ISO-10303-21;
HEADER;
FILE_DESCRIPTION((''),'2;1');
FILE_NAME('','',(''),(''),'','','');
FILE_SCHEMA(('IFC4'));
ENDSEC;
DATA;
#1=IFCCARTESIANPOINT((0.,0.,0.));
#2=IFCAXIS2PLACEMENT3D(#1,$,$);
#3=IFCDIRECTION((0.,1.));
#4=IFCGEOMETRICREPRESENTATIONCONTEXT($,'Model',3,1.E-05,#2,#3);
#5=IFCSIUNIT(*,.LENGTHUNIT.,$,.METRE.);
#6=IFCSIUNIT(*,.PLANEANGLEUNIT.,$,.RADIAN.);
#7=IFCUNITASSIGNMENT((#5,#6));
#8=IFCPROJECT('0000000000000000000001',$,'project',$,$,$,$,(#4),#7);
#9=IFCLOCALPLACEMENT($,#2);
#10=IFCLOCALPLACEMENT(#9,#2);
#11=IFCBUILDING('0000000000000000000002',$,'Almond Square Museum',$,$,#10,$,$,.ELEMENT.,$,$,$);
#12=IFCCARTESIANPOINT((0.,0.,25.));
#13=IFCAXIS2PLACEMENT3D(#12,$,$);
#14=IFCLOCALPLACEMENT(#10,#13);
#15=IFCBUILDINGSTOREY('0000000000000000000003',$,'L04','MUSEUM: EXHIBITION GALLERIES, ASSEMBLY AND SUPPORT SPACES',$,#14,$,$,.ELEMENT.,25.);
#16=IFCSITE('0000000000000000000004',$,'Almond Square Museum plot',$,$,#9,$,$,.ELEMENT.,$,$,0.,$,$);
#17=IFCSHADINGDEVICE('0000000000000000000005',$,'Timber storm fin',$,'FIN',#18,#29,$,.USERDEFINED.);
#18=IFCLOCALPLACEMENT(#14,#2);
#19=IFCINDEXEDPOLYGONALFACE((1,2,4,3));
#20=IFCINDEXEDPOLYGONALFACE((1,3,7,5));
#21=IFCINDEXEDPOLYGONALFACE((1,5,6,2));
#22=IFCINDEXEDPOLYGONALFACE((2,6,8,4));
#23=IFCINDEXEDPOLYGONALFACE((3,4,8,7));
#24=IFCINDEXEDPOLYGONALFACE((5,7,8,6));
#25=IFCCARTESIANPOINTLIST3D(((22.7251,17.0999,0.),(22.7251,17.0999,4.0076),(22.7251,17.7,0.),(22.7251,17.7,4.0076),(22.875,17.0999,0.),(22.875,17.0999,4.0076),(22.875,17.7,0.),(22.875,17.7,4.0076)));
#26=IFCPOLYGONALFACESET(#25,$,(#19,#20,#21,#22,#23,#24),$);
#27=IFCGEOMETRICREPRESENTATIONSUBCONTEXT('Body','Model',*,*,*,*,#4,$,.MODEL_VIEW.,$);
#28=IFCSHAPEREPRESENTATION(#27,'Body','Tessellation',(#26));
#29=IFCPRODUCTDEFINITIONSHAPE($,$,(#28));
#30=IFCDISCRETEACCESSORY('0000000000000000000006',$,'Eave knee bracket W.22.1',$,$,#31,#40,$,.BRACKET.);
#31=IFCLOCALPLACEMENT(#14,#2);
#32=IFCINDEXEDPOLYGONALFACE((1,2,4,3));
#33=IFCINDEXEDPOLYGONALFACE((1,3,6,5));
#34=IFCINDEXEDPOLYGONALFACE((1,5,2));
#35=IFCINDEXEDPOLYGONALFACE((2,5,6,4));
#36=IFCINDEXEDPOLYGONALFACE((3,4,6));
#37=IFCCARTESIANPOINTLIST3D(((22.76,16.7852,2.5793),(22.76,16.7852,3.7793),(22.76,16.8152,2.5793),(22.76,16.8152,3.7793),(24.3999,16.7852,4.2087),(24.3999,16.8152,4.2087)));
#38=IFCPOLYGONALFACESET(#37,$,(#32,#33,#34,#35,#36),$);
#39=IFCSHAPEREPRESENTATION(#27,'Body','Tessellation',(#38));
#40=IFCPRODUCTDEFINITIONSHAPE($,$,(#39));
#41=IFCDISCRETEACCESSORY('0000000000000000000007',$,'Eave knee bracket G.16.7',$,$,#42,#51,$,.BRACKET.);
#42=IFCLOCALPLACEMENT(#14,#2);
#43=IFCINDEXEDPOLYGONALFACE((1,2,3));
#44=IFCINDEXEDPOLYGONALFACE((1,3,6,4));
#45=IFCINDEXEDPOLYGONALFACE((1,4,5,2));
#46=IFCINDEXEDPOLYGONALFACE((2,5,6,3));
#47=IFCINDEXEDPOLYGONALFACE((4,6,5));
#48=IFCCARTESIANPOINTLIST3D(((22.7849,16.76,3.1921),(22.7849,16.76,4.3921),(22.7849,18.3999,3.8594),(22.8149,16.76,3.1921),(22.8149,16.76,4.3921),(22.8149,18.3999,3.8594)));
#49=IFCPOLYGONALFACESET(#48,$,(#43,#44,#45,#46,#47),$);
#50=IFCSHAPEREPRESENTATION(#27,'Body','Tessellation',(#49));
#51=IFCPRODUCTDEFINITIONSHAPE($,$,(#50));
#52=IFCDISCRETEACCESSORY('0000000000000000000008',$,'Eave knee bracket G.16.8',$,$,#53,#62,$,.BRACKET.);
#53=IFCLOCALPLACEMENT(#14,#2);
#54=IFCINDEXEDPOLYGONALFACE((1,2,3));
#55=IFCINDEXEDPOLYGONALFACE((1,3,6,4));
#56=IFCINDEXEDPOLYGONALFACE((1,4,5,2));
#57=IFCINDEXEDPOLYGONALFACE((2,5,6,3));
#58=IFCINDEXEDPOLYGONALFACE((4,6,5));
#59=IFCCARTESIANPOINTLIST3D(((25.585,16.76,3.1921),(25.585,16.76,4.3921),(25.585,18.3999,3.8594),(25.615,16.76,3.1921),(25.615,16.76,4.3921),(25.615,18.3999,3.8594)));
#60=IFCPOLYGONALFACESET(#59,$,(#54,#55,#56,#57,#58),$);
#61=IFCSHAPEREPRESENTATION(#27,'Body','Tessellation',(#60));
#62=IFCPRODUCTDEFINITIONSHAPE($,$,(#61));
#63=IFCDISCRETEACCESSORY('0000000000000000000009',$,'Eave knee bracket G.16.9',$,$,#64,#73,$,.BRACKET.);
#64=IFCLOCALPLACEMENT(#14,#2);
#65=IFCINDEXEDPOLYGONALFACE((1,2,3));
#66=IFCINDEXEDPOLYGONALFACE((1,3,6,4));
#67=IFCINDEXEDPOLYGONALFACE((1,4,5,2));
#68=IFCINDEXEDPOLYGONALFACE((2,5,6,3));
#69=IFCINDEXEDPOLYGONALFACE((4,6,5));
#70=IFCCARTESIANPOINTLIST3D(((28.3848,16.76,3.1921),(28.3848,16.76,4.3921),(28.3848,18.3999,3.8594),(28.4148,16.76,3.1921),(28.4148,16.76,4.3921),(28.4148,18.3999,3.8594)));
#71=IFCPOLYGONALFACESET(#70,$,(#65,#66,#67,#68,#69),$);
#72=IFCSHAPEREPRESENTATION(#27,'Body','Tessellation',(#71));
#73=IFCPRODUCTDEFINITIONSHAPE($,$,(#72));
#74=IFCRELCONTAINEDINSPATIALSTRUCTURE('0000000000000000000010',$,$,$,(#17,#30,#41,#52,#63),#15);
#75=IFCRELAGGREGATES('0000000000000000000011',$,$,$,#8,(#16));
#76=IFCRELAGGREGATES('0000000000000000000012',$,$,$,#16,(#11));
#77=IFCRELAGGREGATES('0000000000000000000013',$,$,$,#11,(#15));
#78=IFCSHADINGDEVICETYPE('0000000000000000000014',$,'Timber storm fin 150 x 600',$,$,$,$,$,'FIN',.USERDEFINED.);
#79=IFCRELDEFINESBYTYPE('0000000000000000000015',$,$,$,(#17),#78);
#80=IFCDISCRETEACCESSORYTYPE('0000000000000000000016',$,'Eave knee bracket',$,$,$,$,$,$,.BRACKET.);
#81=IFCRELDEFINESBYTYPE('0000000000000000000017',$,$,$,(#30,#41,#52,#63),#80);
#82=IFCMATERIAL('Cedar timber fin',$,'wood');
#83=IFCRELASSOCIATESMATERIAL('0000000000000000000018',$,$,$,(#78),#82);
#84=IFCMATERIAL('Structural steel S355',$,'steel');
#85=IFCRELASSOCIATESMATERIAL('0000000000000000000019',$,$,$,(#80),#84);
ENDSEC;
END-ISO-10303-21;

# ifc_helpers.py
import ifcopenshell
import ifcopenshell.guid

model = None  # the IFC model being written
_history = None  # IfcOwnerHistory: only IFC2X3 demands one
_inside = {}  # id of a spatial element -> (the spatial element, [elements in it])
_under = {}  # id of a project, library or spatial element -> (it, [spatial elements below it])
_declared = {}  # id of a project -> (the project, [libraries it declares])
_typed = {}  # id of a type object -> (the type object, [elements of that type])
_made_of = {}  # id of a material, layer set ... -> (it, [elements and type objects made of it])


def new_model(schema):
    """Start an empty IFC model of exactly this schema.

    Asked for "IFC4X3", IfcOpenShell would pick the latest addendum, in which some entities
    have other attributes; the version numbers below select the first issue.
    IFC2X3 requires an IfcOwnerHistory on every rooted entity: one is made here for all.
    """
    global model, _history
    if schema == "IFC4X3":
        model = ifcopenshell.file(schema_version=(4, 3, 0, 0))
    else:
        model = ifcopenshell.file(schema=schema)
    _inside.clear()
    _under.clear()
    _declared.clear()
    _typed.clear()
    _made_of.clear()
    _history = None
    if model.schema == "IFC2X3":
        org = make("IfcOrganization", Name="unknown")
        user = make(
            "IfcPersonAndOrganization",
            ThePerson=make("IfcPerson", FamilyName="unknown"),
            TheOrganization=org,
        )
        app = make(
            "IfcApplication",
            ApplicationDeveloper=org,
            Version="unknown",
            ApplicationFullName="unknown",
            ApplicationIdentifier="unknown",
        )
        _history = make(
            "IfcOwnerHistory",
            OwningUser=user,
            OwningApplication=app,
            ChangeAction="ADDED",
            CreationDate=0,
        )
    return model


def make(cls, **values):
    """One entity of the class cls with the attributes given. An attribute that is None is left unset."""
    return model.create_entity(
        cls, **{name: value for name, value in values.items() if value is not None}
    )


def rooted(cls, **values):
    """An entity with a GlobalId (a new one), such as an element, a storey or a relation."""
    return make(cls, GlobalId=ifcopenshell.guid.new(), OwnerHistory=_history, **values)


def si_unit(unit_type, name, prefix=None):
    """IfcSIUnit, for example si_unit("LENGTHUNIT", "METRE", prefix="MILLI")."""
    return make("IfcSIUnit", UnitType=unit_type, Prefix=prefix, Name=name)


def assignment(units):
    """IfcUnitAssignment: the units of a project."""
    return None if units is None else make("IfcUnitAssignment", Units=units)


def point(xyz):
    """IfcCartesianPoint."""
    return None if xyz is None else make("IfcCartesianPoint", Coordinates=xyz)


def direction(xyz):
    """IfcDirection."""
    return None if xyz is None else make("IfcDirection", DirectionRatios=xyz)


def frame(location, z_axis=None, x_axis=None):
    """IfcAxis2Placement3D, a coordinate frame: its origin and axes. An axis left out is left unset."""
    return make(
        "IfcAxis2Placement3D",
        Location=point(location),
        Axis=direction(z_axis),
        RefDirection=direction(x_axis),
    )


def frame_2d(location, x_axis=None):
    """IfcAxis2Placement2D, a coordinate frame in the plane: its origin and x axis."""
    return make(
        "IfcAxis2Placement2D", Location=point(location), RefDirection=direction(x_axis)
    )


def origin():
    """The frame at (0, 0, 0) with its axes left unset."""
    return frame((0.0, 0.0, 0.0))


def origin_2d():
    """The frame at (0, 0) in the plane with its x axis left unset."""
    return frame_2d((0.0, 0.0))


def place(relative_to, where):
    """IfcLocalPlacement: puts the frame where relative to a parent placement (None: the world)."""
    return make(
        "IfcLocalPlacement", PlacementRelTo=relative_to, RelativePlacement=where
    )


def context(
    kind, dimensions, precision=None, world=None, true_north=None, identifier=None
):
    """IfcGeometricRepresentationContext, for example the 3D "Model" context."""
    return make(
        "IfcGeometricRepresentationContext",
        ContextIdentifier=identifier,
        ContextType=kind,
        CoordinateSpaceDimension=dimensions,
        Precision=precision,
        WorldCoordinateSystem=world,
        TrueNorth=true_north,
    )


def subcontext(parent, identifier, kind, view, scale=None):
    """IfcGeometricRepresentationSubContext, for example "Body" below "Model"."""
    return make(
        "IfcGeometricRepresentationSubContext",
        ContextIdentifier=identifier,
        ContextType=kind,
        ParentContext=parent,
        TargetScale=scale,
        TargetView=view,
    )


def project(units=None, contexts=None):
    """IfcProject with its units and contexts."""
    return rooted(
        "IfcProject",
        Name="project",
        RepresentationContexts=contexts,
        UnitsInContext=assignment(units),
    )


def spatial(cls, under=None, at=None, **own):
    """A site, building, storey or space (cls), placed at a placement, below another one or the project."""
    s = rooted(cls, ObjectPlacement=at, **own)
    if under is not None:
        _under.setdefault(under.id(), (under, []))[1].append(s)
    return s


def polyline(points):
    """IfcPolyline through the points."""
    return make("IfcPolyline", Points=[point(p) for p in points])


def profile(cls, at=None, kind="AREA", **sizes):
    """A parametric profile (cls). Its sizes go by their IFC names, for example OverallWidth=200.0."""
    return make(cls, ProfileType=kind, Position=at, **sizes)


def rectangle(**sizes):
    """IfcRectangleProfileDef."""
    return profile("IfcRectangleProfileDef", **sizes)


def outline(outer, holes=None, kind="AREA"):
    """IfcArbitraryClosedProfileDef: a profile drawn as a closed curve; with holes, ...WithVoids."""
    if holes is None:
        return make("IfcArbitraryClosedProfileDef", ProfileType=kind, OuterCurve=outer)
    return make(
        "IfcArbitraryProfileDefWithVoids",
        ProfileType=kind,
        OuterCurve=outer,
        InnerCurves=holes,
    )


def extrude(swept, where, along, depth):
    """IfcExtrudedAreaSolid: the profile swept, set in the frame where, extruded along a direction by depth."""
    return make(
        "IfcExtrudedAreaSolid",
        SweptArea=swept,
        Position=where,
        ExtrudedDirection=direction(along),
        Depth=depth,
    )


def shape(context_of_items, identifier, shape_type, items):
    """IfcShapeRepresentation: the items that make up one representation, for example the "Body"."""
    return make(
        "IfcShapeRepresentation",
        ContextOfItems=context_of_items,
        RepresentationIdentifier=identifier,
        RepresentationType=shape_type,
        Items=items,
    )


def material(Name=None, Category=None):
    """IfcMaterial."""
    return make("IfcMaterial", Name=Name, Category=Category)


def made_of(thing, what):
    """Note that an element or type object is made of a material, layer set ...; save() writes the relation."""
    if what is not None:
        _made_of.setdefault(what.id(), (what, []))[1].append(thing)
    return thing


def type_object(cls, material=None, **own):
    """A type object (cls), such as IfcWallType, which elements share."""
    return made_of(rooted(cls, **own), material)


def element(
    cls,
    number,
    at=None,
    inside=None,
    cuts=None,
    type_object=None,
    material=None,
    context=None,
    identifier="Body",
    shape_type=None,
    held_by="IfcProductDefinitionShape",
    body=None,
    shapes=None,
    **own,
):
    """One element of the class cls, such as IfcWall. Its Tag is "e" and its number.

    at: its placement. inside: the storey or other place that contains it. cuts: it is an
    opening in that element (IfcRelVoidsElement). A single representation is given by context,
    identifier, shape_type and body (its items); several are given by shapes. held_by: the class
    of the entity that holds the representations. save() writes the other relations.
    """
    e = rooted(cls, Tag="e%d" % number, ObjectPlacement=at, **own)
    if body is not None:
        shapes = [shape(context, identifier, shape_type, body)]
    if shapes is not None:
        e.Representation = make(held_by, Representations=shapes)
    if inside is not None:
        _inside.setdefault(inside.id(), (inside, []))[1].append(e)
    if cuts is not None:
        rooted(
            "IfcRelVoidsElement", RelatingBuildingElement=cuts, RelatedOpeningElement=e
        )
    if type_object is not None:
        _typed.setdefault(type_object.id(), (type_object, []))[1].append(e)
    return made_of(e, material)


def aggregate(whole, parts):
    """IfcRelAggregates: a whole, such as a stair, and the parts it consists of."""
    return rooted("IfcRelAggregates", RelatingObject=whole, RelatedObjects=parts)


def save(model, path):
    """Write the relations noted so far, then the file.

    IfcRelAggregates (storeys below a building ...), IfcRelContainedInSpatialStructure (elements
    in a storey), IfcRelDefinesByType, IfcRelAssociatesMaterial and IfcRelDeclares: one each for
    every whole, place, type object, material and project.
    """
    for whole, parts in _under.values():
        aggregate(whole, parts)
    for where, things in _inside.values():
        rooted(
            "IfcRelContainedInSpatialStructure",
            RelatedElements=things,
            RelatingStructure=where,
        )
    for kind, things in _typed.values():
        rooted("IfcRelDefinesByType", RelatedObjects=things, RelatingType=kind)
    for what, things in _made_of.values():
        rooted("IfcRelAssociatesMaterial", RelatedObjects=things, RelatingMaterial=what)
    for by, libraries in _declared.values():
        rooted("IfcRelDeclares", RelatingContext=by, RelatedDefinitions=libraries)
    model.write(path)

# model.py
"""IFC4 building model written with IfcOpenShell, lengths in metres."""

from ifc_helpers import new_model, si_unit, direction, frame, origin, origin_2d, place, context, subcontext, project, spatial, polyline, rectangle, outline, extrude, material, type_object, element, save


model = new_model("IFC4")

# Units and contexts
model_context = context("Model", 3, precision=1e-05, world=origin(), true_north=direction((0.0, 1.0)))
body_context = subcontext(model_context, "Body", "Model", "MODEL_VIEW")
ifc_project = project(units=[si_unit("LENGTHUNIT", "METRE"), si_unit("PLANEANGLEUNIT", "RADIAN")], contexts=[model_context])

# Site, building, storey
site_placement = place(None, origin())
site = spatial("IfcSite", under=ifc_project, at=site_placement, Name="Almond Square Museum plot", CompositionType="ELEMENT", RefElevation=0.0)
building_placement = place(site_placement, origin())
building = spatial("IfcBuilding", under=site, at=building_placement, Name="Almond Square Museum", CompositionType="ELEMENT")
storey_placement = place(building_placement, frame((0.0, 0.0, 25.0)))
storey = spatial("IfcBuildingStorey", under=building, at=storey_placement, Name="L04", Description="MUSEUM: EXHIBITION GALLERIES, ASSEMBLY AND SUPPORT SPACES", CompositionType="ELEMENT", Elevation=25.0)

# Shading device
ifc_material_1 = material(Name="Cedar timber fin", Category="wood")
shading_device_type_1 = type_object("IfcShadingDeviceType", Name="Timber storm fin 150 x 600", ElementType="FIN", PredefinedType="USERDEFINED", material=ifc_material_1)
shading_device_placement = place(storey_placement, frame((22.8, 17.3999, 0.0), z_axis=(0.0, 0.0, 1.0), x_axis=(1.0, 0.0, 0.0)))
element("IfcShadingDevice", 1, at=shading_device_placement, inside=storey, type_object=shading_device_type_1, Name="Timber storm fin", ObjectType="FIN", PredefinedType="USERDEFINED", context=body_context, shape_type="SweptSolid", body=[
    extrude(rectangle(XDim=0.1499, YDim=0.6001, at=origin_2d()), origin(), (0.0, 0.0, 1.0), 4.0076),
])

# Discrete accessories
ifc_material_2 = material(Name="Structural steel S355", Category="steel")
discrete_accessory_type = type_object("IfcDiscreteAccessoryType", Name="Eave knee bracket", PredefinedType="BRACKET", material=ifc_material_2)
discrete_accessory_placement = place(storey_placement, frame((22.76, 16.8, 3.7793), z_axis=(0.0, -1.0, 0.0), x_axis=(0.0, 0.0, -1.0)))
element("IfcDiscreteAccessory", 2, at=discrete_accessory_placement, inside=storey, type_object=discrete_accessory_type, Name="Eave knee bracket W.22.1", PredefinedType="BRACKET", context=body_context, shape_type="SweptSolid", body=[
    extrude(outline(polyline([(0.0, 0.0), (1.2, 0.0), (-0.4294, 1.6399), (0.0, 0.0)])), frame((0.0, 0.0, -0.0151)), (0.0, 0.0, 1.0), 0.03),
])
for number, where, z_axis, x_axis, name in (
    (3, (22.8, 16.76, 4.3921), (1.0, 0.0, 0.0), (0.0, 0.0, -1.0), "Eave knee bracket G.16.7"),
    (4, (25.6001, 16.76, 4.3921), (1.0, 0.0, 0.0), (0.0, 0.0, -1.0), "Eave knee bracket G.16.8"),
    (5, (28.3999, 16.76, 4.3921), (1.0, 0.0, 0.0), (0.0, 0.0, -1.0), "Eave knee bracket G.16.9"),
):
    element("IfcDiscreteAccessory", number, at=place(storey_placement, frame(where, z_axis=z_axis, x_axis=x_axis)), inside=storey, type_object=discrete_accessory_type, Name=name, PredefinedType="BRACKET", context=body_context, shape_type="SweptSolid", body=[
        extrude(outline(polyline([(0.0, 0.0), (1.2, 0.0), (0.5327, 1.6399), (0.0, 0.0)])), frame((0.0, 0.0, -0.0151)), (0.0, 0.0, 1.0), 0.03),
    ])

save(model, "model.ifc")
